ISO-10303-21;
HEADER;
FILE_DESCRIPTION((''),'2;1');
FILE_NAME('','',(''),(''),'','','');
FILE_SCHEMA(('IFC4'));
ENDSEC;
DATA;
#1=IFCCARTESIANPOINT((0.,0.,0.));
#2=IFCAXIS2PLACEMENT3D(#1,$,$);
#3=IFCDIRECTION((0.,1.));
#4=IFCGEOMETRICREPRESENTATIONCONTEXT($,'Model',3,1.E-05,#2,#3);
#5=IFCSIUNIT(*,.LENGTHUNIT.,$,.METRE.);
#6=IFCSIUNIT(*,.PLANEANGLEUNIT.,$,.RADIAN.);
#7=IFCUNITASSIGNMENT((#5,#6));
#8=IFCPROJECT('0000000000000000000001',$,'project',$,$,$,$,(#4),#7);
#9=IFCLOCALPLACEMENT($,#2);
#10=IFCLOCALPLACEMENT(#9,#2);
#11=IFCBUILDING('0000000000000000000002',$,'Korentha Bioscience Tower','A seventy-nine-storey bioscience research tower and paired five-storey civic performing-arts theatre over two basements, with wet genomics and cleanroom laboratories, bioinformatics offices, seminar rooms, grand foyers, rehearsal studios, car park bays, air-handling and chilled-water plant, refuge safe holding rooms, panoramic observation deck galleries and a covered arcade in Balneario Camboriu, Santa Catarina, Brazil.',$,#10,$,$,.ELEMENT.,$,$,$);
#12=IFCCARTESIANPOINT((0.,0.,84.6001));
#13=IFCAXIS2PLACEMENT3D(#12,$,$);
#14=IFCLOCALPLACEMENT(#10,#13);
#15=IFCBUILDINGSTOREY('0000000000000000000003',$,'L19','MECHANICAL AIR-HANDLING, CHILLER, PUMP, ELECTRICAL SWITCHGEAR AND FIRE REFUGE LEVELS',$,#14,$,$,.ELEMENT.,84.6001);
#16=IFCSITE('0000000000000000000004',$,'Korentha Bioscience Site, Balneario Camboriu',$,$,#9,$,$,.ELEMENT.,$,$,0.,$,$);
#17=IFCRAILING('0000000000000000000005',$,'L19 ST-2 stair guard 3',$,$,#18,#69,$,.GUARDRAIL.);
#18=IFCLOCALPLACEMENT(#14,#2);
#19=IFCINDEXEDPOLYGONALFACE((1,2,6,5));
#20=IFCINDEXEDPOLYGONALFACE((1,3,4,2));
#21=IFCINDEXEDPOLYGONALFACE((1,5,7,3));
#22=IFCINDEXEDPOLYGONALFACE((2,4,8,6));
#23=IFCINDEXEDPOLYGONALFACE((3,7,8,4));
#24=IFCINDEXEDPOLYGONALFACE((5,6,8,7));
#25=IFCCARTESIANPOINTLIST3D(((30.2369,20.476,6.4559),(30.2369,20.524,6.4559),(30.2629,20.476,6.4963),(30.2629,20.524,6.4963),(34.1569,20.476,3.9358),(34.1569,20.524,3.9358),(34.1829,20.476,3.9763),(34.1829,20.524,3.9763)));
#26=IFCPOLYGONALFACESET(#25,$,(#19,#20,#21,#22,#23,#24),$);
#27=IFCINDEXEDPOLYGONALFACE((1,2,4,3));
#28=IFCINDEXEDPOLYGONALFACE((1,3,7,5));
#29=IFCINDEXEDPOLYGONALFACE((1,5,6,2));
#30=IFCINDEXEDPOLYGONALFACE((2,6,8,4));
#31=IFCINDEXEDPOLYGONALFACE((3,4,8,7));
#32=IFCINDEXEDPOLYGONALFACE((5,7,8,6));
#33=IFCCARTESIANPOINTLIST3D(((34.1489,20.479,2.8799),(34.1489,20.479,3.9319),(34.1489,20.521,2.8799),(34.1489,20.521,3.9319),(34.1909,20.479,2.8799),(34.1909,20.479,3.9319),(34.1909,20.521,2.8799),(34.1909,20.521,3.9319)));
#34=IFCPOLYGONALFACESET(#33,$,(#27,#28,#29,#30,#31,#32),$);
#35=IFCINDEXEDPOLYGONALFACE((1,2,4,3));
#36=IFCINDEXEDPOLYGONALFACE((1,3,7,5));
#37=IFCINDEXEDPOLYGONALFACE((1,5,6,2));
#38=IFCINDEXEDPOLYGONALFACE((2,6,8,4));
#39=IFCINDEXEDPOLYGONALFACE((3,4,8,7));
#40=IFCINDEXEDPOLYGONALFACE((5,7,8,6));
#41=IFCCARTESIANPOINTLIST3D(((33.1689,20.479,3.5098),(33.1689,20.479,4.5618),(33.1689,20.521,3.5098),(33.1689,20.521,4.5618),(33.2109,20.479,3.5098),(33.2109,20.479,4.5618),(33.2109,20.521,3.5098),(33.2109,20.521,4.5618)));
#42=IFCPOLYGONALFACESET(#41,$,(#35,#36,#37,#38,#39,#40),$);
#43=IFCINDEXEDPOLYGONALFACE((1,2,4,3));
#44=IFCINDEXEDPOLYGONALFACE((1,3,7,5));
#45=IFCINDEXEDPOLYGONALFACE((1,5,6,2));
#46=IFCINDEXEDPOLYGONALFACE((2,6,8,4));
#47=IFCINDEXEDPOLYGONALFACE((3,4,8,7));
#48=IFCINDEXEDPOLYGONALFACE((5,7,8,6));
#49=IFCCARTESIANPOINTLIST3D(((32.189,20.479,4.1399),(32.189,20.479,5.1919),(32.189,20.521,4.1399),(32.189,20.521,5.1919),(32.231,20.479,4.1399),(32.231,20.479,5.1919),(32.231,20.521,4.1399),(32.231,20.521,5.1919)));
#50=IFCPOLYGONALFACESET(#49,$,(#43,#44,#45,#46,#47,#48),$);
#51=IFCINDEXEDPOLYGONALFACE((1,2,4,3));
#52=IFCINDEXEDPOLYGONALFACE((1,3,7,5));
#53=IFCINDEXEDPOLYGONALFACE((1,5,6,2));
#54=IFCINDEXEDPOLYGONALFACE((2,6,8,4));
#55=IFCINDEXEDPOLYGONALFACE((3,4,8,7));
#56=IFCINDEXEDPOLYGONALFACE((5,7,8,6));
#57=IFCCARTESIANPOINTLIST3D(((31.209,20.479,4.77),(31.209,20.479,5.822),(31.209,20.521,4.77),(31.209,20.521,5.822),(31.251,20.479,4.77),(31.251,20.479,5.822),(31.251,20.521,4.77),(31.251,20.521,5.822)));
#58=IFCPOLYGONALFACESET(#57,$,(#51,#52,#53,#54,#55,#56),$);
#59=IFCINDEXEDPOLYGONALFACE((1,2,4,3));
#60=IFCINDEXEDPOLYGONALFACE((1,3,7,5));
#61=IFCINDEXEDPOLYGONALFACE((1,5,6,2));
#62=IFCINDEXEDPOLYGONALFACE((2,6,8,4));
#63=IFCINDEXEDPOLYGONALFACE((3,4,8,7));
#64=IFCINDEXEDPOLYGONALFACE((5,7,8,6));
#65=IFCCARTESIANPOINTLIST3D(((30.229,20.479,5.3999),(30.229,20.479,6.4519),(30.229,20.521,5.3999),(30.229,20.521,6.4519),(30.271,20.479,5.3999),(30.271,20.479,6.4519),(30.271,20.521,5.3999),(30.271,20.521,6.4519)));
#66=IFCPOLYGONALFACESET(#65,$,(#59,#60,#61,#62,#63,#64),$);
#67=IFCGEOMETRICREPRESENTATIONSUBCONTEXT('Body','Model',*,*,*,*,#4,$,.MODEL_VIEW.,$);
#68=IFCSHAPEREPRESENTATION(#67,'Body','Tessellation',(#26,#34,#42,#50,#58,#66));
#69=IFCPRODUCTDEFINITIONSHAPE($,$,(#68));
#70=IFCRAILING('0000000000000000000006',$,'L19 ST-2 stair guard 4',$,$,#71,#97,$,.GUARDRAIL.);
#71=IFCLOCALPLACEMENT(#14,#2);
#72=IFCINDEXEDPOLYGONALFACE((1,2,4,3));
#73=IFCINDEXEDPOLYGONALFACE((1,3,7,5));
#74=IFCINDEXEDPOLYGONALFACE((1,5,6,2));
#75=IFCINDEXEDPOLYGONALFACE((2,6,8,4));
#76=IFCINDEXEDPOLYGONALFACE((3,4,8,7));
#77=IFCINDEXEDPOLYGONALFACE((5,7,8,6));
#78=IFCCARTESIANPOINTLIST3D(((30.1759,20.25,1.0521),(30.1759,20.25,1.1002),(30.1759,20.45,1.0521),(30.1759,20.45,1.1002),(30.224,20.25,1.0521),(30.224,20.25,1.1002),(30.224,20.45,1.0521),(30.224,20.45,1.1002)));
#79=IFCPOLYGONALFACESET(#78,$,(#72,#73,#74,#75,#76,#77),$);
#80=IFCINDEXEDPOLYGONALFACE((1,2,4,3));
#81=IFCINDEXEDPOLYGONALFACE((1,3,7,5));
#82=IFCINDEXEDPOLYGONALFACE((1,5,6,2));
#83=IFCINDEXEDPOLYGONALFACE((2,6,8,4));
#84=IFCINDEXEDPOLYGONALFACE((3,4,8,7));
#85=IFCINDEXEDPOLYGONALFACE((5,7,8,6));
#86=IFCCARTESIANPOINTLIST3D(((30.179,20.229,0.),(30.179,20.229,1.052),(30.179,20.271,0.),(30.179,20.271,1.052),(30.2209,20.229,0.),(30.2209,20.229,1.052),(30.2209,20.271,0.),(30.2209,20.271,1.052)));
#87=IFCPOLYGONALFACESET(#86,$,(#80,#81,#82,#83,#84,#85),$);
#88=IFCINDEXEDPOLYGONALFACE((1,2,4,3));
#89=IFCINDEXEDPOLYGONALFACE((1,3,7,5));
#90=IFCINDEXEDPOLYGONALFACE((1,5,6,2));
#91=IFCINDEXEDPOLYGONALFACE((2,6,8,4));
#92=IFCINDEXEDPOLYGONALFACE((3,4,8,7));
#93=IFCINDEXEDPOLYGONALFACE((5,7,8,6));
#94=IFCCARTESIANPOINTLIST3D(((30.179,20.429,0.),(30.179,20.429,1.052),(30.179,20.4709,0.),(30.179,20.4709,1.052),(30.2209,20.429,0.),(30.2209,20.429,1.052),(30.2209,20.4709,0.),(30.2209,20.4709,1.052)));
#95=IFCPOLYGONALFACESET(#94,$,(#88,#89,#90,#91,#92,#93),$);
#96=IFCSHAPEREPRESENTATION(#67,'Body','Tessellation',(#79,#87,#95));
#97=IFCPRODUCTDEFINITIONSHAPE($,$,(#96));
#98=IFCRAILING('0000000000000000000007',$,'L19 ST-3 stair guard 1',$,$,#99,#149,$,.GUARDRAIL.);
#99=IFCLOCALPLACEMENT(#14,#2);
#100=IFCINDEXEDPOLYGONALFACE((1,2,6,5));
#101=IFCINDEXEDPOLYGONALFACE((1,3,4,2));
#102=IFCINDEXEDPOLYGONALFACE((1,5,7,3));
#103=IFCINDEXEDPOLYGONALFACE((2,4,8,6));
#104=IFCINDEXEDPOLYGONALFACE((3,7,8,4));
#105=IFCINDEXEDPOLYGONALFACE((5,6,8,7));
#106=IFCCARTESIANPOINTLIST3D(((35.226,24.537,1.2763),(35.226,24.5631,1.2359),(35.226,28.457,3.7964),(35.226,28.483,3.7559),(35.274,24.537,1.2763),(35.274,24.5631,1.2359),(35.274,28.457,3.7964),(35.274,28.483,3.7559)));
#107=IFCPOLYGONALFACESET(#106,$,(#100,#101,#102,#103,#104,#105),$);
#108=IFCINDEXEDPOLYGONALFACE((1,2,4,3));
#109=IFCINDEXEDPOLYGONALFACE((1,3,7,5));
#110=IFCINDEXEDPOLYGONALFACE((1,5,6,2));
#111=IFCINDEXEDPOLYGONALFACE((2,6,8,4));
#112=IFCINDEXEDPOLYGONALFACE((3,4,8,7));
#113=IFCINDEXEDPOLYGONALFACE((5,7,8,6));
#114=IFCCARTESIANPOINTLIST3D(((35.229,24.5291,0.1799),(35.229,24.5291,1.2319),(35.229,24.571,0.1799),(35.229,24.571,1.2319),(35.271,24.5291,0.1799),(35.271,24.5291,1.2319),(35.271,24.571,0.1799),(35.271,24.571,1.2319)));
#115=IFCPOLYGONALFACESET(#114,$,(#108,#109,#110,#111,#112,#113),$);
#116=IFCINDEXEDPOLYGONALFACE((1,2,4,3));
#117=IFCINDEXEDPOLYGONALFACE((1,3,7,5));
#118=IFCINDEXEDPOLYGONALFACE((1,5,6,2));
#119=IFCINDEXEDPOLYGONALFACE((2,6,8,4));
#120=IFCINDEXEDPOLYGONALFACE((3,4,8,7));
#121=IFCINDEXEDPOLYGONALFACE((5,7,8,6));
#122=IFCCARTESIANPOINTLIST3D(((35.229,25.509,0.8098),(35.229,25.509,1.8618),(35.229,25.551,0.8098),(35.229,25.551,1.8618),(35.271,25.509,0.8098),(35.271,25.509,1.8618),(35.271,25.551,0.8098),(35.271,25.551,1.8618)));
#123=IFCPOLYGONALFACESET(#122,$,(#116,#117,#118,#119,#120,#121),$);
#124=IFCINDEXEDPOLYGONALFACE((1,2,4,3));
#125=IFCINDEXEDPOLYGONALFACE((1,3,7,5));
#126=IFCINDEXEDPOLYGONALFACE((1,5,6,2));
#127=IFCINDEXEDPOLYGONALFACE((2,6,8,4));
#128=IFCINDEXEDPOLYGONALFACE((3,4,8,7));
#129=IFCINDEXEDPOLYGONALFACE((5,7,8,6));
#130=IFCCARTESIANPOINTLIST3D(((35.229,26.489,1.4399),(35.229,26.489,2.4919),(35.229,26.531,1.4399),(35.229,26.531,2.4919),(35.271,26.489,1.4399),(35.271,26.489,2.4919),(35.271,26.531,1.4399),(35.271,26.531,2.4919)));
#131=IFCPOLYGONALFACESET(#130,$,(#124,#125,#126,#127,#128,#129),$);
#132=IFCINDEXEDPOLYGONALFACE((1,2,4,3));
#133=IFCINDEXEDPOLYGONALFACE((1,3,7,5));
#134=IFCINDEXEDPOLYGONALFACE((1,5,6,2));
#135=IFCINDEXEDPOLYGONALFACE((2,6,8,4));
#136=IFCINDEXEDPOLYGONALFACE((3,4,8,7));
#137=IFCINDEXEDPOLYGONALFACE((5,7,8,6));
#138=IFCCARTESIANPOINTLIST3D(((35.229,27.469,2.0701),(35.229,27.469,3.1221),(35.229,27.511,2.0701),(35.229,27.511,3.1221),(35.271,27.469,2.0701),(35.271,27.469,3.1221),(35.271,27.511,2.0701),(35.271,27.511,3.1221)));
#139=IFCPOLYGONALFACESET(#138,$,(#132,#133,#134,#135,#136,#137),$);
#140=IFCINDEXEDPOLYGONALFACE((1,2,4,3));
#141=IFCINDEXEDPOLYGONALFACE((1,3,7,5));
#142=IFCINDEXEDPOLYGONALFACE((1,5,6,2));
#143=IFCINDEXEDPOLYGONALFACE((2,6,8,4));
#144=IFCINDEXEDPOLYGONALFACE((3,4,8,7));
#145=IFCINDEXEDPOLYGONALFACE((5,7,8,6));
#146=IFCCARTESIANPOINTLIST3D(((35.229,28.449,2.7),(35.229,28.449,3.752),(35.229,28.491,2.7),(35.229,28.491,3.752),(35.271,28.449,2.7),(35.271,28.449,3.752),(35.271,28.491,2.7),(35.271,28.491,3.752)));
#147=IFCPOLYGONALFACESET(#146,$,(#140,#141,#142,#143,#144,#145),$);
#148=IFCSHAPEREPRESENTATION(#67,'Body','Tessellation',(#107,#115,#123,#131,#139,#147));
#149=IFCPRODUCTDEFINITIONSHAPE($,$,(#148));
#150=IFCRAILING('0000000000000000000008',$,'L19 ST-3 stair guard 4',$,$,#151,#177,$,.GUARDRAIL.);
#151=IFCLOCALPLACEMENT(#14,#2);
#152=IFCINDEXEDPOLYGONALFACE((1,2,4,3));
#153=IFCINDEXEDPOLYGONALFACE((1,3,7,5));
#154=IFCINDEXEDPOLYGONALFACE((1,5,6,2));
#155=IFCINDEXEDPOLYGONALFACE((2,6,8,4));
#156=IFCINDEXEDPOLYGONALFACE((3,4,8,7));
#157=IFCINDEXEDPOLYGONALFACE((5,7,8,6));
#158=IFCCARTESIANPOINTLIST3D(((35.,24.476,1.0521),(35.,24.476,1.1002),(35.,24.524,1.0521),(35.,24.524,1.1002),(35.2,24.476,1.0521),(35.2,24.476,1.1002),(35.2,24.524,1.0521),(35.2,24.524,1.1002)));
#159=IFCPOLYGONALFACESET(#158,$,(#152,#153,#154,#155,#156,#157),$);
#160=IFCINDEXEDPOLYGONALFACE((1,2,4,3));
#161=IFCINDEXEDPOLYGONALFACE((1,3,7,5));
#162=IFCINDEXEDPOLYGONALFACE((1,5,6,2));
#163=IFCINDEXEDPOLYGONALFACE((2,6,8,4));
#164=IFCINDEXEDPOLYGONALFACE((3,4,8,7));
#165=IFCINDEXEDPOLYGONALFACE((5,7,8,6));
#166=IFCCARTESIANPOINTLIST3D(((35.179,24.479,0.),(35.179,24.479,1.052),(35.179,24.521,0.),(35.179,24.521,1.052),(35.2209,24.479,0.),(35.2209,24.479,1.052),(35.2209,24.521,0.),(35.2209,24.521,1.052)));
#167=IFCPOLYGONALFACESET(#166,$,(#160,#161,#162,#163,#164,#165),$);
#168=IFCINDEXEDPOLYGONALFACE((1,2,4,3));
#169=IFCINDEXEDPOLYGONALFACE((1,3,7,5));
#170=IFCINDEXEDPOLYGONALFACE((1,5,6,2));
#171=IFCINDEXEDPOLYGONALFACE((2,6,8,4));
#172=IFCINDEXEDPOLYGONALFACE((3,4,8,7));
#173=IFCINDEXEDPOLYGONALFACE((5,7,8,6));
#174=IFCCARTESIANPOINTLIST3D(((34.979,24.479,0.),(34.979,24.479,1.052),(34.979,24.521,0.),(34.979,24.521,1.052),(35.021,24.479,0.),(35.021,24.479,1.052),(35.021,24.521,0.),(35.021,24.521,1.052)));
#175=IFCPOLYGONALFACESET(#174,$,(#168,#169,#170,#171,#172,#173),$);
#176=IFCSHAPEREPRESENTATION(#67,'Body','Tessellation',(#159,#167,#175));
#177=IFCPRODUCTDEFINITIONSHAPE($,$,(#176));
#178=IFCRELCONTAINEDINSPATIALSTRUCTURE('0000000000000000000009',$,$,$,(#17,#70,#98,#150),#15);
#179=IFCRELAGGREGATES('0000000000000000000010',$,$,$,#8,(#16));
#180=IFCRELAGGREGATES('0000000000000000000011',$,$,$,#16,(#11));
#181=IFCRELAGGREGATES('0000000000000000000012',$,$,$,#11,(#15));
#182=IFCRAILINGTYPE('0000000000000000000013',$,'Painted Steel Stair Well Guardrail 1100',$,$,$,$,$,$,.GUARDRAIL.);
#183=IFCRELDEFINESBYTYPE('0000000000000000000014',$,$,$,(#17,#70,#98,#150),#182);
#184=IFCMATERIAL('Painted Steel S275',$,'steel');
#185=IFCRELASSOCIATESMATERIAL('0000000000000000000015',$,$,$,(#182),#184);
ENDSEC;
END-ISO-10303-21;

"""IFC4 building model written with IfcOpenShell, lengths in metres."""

from ifc_helpers import new_model, si_unit, direction, frame, origin, origin_2d, place, context, subcontext, project, spatial, rectangle, extrude, material, type_object, element, save


model = new_model("IFC4")

# Units and contexts
model_context = context("Model", 3, precision=1e-05, world=origin(), true_north=direction((0.0, 1.0)))
body_context = subcontext(model_context, "Body", "Model", "MODEL_VIEW")
ifc_project = project(units=[si_unit("LENGTHUNIT", "METRE"), si_unit("PLANEANGLEUNIT", "RADIAN")], contexts=[model_context])

# Site, building, storey
site_placement = place(None, origin())
site = spatial("IfcSite", under=ifc_project, at=site_placement, Name="Korentha Bioscience Site, Balneario Camboriu", CompositionType="ELEMENT", RefElevation=0.0)
building_placement = place(site_placement, origin())
building = spatial("IfcBuilding", under=site, at=building_placement, Name="Korentha Bioscience Tower", Description="A seventy-nine-storey bioscience research tower and paired five-storey civic performing-arts theatre over two basements, with wet genomics and cleanroom laboratories, bioinformatics offices, seminar rooms, grand foyers, rehearsal studios, car park bays, air-handling and chilled-water plant, refuge safe holding rooms, panoramic observation deck galleries and a covered arcade in Balneario Camboriu, Santa Catarina, Brazil.", CompositionType="ELEMENT")
storey_placement = place(building_placement, frame((0.0, 0.0, 84.6001)))
storey = spatial("IfcBuildingStorey", under=building, at=storey_placement, Name="L19", Description="MECHANICAL AIR-HANDLING, CHILLER, PUMP, ELECTRICAL SWITCHGEAR AND FIRE REFUGE LEVELS", CompositionType="ELEMENT", Elevation=84.6001)

# Railings
ifc_material_1 = material(Name="Painted Steel S275", Category="steel")
railing_type_1 = type_object("IfcRailingType", Name="Painted Steel Stair Well Guardrail 1100", PredefinedType="GUARDRAIL", material=ifc_material_1)
railing_1_placement = place(storey_placement, frame((34.1699, 20.5, 2.8799)))
element("IfcRailing", 1, at=railing_1_placement, inside=storey, type_object=railing_type_1, Name="L19 ST-2 stair guard 3", PredefinedType="GUARDRAIL", context=body_context, shape_type="SweptSolid", body=[
    extrude(rectangle(XDim=0.0481, YDim=0.0481, at=origin_2d()), frame((0.0, 0.0, 1.0762), z_axis=(-0.841172, 0.0, 0.540768), x_axis=(0.0, -1.0, 0.0)), (0.0, 0.0, 1.0), 4.6602),
    extrude(rectangle(XDim=0.042, YDim=0.042, at=origin_2d()), origin(), (0.0, 0.0, 1.0), 1.052),
    extrude(rectangle(XDim=0.042, YDim=0.042, at=origin_2d()), frame((-0.98, 0.0, 0.6299)), (0.0, 0.0, 1.0), 1.052),
    extrude(rectangle(XDim=0.042, YDim=0.042, at=origin_2d()), frame((-1.96, 0.0, 1.26)), (0.0, 0.0, 1.0), 1.052),
    extrude(rectangle(XDim=0.042, YDim=0.042, at=origin_2d()), frame((-2.9399, 0.0, 1.8901)), (0.0, 0.0, 1.0), 1.052),
    extrude(rectangle(XDim=0.042, YDim=0.042, at=origin_2d()), frame((-3.9199, 0.0, 2.52)), (0.0, 0.0, 1.0), 1.052),
])
railing_2_placement = place(storey_placement, frame((30.2, 20.25, 0.0)))
element("IfcRailing", 2, at=railing_2_placement, inside=storey, type_object=railing_type_1, Name="L19 ST-2 stair guard 4", PredefinedType="GUARDRAIL", context=body_context, shape_type="SweptSolid", body=[
    extrude(rectangle(XDim=0.0481, YDim=0.0481, at=origin_2d()), frame((0.0, 0.0, 1.0762), z_axis=(0.0, 1.0, 0.0), x_axis=(-1.0, 0.0, 0.0)), (0.0, 0.0, 1.0), 0.2),
    extrude(rectangle(XDim=0.042, YDim=0.042, at=origin_2d()), origin(), (0.0, 0.0, 1.0), 1.052),
    extrude(rectangle(XDim=0.042, YDim=0.042, at=origin_2d()), frame((0.0, 0.2, 0.0)), (0.0, 0.0, 1.0), 1.052),
])
railing_3_placement = place(storey_placement, frame((35.25, 24.55, 0.1799)))
element("IfcRailing", 3, at=railing_3_placement, inside=storey, type_object=railing_type_1, Name="L19 ST-3 stair guard 1", PredefinedType="GUARDRAIL", context=body_context, shape_type="SweptSolid", body=[
    extrude(rectangle(XDim=0.0481, YDim=0.0481, at=origin_2d()), frame((0.0, 0.0, 1.0762), z_axis=(0.0, 0.841172, 0.540768), x_axis=(-1.0, 0.0, 0.0)), (0.0, 0.0, 1.0), 4.6602),
    extrude(rectangle(XDim=0.042, YDim=0.042, at=origin_2d()), origin(), (0.0, 0.0, 1.0), 1.052),
    extrude(rectangle(XDim=0.042, YDim=0.042, at=origin_2d()), frame((0.0, 0.98, 0.6299)), (0.0, 0.0, 1.0), 1.052),
    extrude(rectangle(XDim=0.042, YDim=0.042, at=origin_2d()), frame((0.0, 1.96, 1.26)), (0.0, 0.0, 1.0), 1.052),
    extrude(rectangle(XDim=0.042, YDim=0.042, at=origin_2d()), frame((0.0, 2.9399, 1.8901)), (0.0, 0.0, 1.0), 1.052),
    extrude(rectangle(XDim=0.042, YDim=0.042, at=origin_2d()), frame((0.0, 3.9199, 2.52)), (0.0, 0.0, 1.0), 1.052),
])
railing_4_placement = place(storey_placement, frame((35.2, 24.5, 0.0)))
element("IfcRailing", 4, at=railing_4_placement, inside=storey, type_object=railing_type_1, Name="L19 ST-3 stair guard 4", PredefinedType="GUARDRAIL", context=body_context, shape_type="SweptSolid", body=[
    extrude(rectangle(XDim=0.0481, YDim=0.0481, at=origin_2d()), frame((0.0, 0.0, 1.0762), z_axis=(-1.0, 0.0, 0.0), x_axis=(0.0, -1.0, 0.0)), (0.0, 0.0, 1.0), 0.2),
    extrude(rectangle(XDim=0.042, YDim=0.042, at=origin_2d()), origin(), (0.0, 0.0, 1.0), 1.052),
    extrude(rectangle(XDim=0.042, YDim=0.042, at=origin_2d()), frame((-0.2, 0.0, 0.0)), (0.0, 0.0, 1.0), 1.052),
])

save(model, "model.ifc")
